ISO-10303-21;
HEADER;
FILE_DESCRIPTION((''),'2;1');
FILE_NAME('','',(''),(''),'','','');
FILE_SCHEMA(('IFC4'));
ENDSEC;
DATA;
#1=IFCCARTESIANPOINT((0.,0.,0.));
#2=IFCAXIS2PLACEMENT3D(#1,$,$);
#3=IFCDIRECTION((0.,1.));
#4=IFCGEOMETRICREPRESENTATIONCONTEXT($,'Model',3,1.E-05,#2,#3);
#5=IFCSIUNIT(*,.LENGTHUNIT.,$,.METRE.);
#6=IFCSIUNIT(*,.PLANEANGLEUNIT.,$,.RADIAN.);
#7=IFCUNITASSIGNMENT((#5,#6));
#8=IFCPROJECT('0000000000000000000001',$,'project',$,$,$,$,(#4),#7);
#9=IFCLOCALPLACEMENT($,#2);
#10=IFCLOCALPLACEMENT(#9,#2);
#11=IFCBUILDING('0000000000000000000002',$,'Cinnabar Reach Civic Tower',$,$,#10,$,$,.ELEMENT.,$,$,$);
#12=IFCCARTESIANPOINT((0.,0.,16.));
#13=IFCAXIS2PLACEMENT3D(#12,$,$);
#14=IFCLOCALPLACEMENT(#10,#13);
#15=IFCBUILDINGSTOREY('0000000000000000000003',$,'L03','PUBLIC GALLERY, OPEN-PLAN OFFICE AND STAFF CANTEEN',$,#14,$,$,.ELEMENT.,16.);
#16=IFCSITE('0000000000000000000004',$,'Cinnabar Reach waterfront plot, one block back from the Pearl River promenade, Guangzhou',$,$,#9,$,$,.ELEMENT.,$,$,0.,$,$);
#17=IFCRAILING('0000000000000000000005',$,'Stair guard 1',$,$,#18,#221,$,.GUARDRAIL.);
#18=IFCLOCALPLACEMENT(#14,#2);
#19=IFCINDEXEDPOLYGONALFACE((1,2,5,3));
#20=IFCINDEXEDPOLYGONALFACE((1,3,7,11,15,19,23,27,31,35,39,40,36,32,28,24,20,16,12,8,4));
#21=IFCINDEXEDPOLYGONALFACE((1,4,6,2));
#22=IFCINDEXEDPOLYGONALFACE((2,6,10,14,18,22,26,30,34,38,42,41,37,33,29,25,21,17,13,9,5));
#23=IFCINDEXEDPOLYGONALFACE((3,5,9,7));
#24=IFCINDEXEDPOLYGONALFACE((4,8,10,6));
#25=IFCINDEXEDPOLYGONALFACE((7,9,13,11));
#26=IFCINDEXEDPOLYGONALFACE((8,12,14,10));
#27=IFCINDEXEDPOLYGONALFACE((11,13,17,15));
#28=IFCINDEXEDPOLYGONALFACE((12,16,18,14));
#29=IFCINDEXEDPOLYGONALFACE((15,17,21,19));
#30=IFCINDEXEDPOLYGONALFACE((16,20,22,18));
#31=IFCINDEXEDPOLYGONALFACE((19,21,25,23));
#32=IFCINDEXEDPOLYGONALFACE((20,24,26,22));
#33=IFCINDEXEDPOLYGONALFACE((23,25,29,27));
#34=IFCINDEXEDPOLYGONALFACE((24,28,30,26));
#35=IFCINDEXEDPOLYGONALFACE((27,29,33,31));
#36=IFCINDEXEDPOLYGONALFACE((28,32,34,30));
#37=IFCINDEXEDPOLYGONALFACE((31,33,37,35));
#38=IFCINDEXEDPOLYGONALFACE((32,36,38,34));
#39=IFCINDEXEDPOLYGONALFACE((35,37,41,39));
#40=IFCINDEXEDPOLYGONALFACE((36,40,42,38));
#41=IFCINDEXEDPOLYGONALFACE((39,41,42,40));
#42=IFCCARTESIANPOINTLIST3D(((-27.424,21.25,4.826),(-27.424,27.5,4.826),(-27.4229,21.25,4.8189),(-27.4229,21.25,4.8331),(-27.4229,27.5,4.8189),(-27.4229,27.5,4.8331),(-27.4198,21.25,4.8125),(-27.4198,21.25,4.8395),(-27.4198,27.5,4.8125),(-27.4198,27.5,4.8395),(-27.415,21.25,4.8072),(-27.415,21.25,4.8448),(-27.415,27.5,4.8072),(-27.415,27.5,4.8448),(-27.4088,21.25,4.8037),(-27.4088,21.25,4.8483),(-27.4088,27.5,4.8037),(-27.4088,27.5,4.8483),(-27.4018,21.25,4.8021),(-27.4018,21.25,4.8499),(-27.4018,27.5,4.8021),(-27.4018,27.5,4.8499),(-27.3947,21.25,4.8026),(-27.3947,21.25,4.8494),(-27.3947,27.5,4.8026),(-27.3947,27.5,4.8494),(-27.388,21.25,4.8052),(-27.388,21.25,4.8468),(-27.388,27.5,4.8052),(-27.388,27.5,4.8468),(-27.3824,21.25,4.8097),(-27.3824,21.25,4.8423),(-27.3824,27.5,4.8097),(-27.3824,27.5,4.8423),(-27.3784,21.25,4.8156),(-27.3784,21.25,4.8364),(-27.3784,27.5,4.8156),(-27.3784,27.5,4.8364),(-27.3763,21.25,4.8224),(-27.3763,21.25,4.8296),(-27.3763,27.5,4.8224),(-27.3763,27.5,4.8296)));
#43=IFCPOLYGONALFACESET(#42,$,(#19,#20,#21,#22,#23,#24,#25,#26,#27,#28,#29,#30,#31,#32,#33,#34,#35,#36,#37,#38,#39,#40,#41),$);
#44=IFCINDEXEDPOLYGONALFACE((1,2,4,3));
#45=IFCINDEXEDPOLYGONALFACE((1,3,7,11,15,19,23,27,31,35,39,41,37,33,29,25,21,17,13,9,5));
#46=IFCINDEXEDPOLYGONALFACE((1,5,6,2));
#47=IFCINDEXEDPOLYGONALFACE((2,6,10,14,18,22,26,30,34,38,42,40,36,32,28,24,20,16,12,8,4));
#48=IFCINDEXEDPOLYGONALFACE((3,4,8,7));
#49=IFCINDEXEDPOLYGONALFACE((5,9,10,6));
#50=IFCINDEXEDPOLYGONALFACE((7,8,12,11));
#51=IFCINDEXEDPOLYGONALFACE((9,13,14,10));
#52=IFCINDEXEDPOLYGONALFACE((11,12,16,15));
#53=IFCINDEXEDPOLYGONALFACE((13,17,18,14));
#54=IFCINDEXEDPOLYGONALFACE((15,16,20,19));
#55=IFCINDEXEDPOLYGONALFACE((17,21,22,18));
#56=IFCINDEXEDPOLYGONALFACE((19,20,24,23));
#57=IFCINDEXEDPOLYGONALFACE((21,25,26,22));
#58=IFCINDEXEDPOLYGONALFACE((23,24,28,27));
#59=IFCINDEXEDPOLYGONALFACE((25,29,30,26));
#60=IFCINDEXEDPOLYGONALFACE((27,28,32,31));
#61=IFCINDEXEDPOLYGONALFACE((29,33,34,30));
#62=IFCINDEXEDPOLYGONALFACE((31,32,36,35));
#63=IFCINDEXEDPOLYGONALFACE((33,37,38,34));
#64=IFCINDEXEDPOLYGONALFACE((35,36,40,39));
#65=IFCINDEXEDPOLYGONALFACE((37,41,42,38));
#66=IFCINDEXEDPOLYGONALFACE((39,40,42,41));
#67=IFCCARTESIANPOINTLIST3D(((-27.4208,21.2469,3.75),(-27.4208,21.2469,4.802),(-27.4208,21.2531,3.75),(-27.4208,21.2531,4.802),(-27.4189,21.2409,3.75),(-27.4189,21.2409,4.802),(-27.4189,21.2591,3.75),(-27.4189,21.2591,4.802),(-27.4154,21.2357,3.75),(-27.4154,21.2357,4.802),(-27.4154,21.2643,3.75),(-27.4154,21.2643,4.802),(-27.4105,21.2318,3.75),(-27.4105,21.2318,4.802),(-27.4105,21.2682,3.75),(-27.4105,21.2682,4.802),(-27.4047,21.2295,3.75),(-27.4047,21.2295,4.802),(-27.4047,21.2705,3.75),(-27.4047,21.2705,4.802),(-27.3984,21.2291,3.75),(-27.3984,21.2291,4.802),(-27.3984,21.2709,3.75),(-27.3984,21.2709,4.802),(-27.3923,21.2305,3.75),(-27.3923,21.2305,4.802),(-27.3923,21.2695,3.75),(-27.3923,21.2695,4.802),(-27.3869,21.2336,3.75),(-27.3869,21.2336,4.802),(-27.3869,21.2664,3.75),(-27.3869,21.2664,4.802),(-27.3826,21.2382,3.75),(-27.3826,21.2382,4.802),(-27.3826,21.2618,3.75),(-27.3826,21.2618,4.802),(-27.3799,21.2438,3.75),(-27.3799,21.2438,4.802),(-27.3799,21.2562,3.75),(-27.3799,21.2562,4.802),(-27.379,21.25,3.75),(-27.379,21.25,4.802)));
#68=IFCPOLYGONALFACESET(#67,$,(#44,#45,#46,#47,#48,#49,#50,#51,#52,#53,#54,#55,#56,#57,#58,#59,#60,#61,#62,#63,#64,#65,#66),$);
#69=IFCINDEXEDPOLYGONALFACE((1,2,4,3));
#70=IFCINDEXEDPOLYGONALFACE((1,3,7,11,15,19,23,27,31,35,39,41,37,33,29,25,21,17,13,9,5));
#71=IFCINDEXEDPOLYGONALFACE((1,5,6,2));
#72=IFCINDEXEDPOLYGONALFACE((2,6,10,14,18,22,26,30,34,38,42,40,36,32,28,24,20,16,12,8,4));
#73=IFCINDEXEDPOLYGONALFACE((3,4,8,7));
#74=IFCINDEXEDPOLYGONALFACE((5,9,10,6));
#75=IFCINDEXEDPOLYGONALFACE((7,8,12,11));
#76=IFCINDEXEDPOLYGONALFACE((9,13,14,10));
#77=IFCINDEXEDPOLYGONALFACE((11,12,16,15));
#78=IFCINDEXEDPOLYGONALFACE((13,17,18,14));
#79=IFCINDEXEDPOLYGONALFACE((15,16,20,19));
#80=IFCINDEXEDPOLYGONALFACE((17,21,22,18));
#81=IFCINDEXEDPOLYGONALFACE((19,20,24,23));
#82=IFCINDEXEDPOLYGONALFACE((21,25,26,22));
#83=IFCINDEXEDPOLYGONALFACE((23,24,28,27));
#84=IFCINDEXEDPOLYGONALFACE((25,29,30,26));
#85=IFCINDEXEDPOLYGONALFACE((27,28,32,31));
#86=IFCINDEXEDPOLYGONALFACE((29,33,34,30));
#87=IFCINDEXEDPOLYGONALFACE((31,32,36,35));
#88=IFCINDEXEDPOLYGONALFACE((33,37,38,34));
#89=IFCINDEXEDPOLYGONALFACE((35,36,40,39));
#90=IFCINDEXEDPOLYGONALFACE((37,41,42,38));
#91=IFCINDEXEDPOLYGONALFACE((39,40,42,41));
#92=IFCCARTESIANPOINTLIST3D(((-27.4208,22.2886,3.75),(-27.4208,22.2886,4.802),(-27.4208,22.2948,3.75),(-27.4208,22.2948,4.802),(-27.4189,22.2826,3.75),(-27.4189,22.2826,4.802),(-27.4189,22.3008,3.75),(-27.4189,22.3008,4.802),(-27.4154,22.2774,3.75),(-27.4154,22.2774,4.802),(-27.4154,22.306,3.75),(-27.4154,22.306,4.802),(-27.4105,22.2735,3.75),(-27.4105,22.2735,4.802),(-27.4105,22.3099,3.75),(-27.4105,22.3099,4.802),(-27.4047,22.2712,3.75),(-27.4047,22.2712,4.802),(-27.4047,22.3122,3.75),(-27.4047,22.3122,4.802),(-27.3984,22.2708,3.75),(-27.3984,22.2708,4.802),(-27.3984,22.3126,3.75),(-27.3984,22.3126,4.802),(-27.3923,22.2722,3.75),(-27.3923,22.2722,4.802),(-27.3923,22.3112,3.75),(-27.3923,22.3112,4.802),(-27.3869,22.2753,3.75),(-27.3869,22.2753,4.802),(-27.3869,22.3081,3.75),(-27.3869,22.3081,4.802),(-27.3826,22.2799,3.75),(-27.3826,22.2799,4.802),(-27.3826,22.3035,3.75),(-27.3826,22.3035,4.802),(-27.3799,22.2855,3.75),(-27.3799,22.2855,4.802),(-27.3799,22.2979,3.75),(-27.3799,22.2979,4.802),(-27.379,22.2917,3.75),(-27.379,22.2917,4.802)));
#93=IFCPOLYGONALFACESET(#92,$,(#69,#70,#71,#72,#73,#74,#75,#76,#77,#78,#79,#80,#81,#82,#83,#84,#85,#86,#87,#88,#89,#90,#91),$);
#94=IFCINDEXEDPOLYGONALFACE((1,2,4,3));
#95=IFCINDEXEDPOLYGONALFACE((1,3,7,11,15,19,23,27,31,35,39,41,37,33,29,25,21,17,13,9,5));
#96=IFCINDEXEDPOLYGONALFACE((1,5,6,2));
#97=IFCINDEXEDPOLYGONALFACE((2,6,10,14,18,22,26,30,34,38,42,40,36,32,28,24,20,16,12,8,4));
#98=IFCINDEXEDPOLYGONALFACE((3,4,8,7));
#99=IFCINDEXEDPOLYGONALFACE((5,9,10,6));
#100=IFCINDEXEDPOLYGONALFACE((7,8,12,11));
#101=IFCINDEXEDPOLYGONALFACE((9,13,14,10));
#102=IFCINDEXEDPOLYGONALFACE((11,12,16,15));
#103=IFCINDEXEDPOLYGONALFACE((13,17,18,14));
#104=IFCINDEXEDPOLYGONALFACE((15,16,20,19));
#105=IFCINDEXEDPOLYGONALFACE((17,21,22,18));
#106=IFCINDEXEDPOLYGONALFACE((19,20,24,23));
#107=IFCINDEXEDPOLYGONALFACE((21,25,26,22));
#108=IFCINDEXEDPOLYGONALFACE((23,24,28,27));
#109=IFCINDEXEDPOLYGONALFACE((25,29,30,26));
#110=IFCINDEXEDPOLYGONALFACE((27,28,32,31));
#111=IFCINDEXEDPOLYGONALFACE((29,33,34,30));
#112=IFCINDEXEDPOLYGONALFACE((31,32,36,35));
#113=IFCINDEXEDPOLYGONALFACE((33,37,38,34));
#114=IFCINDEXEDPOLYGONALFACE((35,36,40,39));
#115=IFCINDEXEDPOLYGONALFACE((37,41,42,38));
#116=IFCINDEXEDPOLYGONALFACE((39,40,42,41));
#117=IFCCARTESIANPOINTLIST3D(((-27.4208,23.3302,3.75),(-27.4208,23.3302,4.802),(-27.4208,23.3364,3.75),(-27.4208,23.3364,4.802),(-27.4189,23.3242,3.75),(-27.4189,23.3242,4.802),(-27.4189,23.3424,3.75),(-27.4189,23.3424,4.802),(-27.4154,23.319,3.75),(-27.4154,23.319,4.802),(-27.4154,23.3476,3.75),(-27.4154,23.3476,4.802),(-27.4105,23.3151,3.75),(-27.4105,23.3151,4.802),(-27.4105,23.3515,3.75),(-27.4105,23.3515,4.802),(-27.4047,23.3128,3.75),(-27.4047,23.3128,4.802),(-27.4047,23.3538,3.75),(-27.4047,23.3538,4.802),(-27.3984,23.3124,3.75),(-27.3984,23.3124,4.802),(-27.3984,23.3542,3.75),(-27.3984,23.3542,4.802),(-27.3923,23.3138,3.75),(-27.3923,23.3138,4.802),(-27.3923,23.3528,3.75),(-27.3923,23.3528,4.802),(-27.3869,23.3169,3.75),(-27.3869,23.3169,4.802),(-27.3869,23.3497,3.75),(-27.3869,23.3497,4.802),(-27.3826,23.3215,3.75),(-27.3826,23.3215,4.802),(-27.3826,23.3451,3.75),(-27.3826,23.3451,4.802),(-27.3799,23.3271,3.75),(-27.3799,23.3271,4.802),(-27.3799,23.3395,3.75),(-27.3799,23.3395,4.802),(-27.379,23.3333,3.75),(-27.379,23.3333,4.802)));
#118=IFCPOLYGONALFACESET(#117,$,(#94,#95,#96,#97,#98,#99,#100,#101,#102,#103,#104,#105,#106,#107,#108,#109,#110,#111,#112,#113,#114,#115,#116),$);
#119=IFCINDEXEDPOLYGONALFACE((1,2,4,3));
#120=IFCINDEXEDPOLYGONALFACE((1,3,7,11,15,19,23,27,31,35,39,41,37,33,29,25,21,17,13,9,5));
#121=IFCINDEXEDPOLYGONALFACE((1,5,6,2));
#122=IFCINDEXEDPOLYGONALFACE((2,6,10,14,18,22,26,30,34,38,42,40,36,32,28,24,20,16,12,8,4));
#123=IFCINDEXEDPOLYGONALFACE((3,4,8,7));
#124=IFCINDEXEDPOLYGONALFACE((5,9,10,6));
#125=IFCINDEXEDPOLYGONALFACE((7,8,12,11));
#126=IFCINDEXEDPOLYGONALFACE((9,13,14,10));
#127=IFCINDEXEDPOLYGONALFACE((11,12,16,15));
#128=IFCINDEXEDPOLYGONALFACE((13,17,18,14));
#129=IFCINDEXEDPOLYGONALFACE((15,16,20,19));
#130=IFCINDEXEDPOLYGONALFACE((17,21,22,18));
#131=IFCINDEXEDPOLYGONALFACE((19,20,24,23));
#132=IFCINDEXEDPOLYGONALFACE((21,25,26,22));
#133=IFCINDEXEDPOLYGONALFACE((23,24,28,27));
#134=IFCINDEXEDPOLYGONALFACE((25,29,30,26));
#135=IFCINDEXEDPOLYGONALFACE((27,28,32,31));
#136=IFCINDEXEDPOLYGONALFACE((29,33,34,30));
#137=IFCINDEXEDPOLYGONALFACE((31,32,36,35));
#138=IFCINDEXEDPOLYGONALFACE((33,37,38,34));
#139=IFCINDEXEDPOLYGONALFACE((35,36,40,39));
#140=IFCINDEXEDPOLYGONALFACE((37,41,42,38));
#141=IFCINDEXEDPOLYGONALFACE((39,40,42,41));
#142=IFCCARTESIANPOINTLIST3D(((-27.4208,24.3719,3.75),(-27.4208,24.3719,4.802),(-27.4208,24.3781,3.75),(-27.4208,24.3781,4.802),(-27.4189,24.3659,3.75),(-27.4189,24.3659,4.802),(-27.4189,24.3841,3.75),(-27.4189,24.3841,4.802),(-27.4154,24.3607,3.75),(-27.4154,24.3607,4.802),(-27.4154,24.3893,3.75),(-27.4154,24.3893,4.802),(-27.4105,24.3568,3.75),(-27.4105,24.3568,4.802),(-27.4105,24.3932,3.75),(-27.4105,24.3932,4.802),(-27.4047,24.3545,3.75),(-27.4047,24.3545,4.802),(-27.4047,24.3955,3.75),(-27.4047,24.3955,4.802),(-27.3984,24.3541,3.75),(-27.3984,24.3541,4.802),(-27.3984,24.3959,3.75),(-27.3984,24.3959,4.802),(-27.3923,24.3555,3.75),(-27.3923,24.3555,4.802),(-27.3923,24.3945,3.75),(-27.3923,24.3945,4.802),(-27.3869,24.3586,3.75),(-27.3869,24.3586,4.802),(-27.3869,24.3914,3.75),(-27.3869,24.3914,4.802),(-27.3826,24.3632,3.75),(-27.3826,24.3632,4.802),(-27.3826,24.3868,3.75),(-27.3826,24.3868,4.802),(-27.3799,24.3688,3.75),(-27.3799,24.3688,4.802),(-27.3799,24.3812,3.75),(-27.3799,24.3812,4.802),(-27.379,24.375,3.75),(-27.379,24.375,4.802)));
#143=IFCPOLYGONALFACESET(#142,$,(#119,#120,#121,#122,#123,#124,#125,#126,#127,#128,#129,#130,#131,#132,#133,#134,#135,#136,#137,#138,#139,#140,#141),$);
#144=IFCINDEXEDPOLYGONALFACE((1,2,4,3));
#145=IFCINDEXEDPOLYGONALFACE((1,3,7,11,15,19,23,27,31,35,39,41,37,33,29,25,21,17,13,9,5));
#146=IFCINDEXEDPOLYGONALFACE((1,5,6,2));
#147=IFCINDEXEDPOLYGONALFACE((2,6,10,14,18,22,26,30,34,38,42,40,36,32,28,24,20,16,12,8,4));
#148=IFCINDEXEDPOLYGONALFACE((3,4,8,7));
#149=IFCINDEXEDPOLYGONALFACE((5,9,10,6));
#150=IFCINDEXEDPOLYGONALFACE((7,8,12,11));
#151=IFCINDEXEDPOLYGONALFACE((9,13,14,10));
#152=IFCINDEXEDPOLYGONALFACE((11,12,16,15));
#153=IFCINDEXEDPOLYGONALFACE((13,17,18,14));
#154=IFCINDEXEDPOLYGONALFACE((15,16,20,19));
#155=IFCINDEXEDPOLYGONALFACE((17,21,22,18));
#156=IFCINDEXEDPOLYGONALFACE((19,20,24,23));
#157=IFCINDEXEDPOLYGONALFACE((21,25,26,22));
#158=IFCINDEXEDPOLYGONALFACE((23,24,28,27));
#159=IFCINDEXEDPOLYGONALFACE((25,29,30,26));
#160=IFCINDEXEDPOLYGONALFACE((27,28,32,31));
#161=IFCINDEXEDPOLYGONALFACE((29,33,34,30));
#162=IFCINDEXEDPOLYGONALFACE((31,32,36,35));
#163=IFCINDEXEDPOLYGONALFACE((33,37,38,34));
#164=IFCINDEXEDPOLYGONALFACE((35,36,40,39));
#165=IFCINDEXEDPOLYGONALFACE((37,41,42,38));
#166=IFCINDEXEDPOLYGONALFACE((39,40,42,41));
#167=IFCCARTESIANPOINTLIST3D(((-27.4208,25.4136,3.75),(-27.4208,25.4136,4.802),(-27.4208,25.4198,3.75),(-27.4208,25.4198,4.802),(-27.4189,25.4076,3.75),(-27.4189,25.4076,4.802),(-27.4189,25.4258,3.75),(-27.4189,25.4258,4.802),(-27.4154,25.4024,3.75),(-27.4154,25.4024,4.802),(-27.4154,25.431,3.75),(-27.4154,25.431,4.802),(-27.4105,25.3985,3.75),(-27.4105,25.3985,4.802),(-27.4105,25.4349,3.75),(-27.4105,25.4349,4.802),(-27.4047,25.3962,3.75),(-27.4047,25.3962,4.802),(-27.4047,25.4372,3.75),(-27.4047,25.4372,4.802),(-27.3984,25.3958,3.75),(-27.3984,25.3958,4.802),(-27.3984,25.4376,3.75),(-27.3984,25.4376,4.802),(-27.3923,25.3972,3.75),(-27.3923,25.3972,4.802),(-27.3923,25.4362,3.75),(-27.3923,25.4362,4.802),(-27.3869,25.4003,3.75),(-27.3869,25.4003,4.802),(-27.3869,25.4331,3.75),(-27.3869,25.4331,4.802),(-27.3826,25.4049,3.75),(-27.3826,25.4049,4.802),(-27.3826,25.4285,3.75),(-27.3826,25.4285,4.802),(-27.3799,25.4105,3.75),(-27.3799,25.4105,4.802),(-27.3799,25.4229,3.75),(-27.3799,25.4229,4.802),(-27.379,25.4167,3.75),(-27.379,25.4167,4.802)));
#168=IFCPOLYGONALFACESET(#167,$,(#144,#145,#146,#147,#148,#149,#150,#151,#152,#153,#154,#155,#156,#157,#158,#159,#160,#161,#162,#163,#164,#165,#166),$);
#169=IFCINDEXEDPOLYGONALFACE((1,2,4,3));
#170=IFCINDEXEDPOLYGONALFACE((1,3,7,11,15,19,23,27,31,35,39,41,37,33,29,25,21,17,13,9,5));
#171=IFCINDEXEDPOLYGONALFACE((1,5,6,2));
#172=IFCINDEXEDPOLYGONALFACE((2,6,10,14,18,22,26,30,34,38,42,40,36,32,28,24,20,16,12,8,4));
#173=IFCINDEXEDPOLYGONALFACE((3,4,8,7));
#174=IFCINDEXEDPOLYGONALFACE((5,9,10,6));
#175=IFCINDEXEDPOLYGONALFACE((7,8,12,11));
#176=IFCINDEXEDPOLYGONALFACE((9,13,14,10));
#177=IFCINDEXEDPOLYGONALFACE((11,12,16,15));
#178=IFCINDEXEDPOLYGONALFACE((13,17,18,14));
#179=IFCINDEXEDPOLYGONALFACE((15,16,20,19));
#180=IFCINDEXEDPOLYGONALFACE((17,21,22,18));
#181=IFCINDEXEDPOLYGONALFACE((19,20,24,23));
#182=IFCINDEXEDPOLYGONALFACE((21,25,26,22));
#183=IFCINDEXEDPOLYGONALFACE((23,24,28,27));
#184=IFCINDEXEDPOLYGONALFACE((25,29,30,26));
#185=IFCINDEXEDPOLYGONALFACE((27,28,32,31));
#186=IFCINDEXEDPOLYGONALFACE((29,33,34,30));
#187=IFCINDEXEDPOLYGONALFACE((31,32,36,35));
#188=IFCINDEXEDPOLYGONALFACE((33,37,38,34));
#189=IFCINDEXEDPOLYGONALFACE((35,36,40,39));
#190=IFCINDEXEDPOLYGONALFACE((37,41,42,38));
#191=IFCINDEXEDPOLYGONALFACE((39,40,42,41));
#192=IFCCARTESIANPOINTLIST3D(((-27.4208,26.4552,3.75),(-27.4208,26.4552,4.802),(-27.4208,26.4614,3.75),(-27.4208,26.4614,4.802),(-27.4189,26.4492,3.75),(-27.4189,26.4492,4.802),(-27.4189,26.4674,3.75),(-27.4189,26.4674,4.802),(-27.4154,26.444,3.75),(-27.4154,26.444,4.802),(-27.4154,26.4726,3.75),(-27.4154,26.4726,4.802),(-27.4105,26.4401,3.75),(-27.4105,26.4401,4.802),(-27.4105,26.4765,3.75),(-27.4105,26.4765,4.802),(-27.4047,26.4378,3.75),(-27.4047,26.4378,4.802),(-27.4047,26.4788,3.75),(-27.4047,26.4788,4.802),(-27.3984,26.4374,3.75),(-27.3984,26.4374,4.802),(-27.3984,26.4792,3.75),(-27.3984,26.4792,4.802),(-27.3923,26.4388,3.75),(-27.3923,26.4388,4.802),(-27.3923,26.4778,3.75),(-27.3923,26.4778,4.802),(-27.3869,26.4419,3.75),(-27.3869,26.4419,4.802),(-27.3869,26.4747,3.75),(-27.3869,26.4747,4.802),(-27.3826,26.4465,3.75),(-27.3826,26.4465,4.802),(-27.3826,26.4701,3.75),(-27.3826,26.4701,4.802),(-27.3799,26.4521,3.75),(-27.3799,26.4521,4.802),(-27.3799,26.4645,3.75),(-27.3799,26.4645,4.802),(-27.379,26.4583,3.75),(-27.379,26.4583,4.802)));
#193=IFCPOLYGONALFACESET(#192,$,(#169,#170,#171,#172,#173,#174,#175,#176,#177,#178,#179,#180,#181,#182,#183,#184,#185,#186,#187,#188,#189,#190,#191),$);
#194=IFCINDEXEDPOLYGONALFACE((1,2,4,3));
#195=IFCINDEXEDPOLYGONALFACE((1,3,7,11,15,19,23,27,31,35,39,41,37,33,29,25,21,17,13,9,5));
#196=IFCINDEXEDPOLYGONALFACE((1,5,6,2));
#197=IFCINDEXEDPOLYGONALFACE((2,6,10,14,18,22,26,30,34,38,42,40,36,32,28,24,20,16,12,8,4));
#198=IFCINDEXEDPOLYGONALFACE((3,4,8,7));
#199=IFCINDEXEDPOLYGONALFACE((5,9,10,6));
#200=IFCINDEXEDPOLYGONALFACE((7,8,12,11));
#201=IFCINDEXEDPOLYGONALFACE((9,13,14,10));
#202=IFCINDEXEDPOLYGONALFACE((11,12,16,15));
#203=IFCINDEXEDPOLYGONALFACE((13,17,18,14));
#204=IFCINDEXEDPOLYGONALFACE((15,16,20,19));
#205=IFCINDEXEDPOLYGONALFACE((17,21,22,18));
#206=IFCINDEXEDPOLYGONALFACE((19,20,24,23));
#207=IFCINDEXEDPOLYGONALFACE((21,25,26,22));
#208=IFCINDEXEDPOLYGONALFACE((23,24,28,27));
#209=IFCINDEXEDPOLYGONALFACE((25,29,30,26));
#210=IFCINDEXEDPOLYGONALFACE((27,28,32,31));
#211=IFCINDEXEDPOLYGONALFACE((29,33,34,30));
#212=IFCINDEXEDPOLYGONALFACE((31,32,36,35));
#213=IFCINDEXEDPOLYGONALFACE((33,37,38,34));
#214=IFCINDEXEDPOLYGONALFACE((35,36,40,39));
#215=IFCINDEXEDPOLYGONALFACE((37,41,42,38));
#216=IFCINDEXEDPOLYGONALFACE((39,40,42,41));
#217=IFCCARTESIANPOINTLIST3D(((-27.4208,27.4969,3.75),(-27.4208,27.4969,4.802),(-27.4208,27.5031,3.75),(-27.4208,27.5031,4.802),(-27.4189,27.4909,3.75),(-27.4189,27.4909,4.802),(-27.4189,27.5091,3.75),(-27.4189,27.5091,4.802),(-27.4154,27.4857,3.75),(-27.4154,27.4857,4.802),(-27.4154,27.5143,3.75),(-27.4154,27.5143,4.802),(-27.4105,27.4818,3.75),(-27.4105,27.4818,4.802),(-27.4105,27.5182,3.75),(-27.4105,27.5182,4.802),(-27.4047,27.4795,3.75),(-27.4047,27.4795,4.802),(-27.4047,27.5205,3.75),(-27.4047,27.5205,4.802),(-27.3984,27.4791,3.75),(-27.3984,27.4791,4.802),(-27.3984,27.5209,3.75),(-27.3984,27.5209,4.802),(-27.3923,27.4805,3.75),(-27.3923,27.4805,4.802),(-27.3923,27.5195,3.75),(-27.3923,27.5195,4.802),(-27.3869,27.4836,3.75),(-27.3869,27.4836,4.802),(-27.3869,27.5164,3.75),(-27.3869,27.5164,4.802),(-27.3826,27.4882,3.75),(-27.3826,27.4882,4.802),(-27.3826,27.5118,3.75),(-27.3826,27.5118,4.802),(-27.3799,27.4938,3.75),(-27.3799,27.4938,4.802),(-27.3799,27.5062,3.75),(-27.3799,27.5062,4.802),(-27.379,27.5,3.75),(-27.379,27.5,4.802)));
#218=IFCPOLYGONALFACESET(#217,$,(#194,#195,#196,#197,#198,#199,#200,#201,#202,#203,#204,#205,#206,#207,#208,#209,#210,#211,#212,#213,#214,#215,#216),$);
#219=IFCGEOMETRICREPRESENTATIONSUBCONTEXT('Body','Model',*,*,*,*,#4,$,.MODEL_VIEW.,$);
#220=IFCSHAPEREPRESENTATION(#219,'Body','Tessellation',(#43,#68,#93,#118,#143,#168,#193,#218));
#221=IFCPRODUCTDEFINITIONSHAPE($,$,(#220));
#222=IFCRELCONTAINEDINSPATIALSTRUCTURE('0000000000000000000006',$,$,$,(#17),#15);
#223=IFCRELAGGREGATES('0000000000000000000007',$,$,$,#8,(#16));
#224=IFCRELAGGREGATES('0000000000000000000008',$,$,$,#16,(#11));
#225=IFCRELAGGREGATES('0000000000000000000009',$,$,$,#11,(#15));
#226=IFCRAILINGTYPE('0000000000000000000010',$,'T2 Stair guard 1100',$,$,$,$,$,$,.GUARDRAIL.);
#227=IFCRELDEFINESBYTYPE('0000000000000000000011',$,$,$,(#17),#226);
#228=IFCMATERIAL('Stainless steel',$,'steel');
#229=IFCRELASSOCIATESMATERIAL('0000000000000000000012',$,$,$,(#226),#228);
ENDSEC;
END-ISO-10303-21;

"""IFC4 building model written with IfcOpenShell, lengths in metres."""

from ifc_helpers import new_model, si_unit, direction, frame, origin, origin_2d, place, context, subcontext, project, spatial, circle, extrude, material, type_object, element, save


model = new_model("IFC4")

# Units and contexts
model_context = context("Model", 3, precision=1e-05, world=origin(), true_north=direction((0.0, 1.0)))
body_context = subcontext(model_context, "Body", "Model", "MODEL_VIEW")
ifc_project = project(units=[si_unit("LENGTHUNIT", "METRE"), si_unit("PLANEANGLEUNIT", "RADIAN")], contexts=[model_context])

# Site, building, storey
site_placement = place(None, origin())
site = spatial("IfcSite", under=ifc_project, at=site_placement, Name="Cinnabar Reach waterfront plot, one block back from the Pearl River promenade, Guangzhou", CompositionType="ELEMENT", RefElevation=0.0)
building_placement = place(site_placement, origin())
building = spatial("IfcBuilding", under=site, at=building_placement, Name="Cinnabar Reach Civic Tower", CompositionType="ELEMENT")
storey_placement = place(building_placement, frame((0.0, 0.0, 16.0)))
storey = spatial("IfcBuildingStorey", under=building, at=storey_placement, Name="L03", Description="PUBLIC GALLERY, OPEN-PLAN OFFICE AND STAFF CANTEEN", CompositionType="ELEMENT", Elevation=16.0)

# Railing
ifc_material_1 = material(Name="Stainless steel", Category="steel")
railing_type = type_object("IfcRailingType", Name="T2 Stair guard 1100", PredefinedType="GUARDRAIL", material=ifc_material_1)
for number, where, name in (
    (1, (-27.4, 21.25, 3.75), "Stair guard 1"),
):
    element("IfcRailing", number, at=place(storey_placement, frame(where)), inside=storey, type_object=railing_type, Name=name, PredefinedType="GUARDRAIL", context=body_context, shape_type="SweptSolid", body=[
        extrude(circle(Radius=0.024, at=origin_2d()), frame((0.0, 0.0, 1.076), z_axis=(0.0, 1.0, 0.0), x_axis=(-1.0, 0.0, 0.0)), (0.0, 0.0, 1.0), 6.25),
        extrude(circle(Radius=0.021, at=origin_2d()), origin(), (0.0, 0.0, 1.0), 1.052),
        extrude(circle(Radius=0.021, at=origin_2d()), frame((0.0, 1.0417, 0.0)), (0.0, 0.0, 1.0), 1.052),
        extrude(circle(Radius=0.021, at=origin_2d()), frame((0.0, 2.0833, 0.0)), (0.0, 0.0, 1.0), 1.052),
        extrude(circle(Radius=0.021, at=origin_2d()), frame((0.0, 3.125, 0.0)), (0.0, 0.0, 1.0), 1.052),
        extrude(circle(Radius=0.021, at=origin_2d()), frame((0.0, 4.1667, 0.0)), (0.0, 0.0, 1.0), 1.052),
        extrude(circle(Radius=0.021, at=origin_2d()), frame((0.0, 5.2083, 0.0)), (0.0, 0.0, 1.0), 1.052),
        extrude(circle(Radius=0.021, at=origin_2d()), frame((0.0, 6.25, 0.0)), (0.0, 0.0, 1.0), 1.052),
    ])

save(model, "model.ifc")
